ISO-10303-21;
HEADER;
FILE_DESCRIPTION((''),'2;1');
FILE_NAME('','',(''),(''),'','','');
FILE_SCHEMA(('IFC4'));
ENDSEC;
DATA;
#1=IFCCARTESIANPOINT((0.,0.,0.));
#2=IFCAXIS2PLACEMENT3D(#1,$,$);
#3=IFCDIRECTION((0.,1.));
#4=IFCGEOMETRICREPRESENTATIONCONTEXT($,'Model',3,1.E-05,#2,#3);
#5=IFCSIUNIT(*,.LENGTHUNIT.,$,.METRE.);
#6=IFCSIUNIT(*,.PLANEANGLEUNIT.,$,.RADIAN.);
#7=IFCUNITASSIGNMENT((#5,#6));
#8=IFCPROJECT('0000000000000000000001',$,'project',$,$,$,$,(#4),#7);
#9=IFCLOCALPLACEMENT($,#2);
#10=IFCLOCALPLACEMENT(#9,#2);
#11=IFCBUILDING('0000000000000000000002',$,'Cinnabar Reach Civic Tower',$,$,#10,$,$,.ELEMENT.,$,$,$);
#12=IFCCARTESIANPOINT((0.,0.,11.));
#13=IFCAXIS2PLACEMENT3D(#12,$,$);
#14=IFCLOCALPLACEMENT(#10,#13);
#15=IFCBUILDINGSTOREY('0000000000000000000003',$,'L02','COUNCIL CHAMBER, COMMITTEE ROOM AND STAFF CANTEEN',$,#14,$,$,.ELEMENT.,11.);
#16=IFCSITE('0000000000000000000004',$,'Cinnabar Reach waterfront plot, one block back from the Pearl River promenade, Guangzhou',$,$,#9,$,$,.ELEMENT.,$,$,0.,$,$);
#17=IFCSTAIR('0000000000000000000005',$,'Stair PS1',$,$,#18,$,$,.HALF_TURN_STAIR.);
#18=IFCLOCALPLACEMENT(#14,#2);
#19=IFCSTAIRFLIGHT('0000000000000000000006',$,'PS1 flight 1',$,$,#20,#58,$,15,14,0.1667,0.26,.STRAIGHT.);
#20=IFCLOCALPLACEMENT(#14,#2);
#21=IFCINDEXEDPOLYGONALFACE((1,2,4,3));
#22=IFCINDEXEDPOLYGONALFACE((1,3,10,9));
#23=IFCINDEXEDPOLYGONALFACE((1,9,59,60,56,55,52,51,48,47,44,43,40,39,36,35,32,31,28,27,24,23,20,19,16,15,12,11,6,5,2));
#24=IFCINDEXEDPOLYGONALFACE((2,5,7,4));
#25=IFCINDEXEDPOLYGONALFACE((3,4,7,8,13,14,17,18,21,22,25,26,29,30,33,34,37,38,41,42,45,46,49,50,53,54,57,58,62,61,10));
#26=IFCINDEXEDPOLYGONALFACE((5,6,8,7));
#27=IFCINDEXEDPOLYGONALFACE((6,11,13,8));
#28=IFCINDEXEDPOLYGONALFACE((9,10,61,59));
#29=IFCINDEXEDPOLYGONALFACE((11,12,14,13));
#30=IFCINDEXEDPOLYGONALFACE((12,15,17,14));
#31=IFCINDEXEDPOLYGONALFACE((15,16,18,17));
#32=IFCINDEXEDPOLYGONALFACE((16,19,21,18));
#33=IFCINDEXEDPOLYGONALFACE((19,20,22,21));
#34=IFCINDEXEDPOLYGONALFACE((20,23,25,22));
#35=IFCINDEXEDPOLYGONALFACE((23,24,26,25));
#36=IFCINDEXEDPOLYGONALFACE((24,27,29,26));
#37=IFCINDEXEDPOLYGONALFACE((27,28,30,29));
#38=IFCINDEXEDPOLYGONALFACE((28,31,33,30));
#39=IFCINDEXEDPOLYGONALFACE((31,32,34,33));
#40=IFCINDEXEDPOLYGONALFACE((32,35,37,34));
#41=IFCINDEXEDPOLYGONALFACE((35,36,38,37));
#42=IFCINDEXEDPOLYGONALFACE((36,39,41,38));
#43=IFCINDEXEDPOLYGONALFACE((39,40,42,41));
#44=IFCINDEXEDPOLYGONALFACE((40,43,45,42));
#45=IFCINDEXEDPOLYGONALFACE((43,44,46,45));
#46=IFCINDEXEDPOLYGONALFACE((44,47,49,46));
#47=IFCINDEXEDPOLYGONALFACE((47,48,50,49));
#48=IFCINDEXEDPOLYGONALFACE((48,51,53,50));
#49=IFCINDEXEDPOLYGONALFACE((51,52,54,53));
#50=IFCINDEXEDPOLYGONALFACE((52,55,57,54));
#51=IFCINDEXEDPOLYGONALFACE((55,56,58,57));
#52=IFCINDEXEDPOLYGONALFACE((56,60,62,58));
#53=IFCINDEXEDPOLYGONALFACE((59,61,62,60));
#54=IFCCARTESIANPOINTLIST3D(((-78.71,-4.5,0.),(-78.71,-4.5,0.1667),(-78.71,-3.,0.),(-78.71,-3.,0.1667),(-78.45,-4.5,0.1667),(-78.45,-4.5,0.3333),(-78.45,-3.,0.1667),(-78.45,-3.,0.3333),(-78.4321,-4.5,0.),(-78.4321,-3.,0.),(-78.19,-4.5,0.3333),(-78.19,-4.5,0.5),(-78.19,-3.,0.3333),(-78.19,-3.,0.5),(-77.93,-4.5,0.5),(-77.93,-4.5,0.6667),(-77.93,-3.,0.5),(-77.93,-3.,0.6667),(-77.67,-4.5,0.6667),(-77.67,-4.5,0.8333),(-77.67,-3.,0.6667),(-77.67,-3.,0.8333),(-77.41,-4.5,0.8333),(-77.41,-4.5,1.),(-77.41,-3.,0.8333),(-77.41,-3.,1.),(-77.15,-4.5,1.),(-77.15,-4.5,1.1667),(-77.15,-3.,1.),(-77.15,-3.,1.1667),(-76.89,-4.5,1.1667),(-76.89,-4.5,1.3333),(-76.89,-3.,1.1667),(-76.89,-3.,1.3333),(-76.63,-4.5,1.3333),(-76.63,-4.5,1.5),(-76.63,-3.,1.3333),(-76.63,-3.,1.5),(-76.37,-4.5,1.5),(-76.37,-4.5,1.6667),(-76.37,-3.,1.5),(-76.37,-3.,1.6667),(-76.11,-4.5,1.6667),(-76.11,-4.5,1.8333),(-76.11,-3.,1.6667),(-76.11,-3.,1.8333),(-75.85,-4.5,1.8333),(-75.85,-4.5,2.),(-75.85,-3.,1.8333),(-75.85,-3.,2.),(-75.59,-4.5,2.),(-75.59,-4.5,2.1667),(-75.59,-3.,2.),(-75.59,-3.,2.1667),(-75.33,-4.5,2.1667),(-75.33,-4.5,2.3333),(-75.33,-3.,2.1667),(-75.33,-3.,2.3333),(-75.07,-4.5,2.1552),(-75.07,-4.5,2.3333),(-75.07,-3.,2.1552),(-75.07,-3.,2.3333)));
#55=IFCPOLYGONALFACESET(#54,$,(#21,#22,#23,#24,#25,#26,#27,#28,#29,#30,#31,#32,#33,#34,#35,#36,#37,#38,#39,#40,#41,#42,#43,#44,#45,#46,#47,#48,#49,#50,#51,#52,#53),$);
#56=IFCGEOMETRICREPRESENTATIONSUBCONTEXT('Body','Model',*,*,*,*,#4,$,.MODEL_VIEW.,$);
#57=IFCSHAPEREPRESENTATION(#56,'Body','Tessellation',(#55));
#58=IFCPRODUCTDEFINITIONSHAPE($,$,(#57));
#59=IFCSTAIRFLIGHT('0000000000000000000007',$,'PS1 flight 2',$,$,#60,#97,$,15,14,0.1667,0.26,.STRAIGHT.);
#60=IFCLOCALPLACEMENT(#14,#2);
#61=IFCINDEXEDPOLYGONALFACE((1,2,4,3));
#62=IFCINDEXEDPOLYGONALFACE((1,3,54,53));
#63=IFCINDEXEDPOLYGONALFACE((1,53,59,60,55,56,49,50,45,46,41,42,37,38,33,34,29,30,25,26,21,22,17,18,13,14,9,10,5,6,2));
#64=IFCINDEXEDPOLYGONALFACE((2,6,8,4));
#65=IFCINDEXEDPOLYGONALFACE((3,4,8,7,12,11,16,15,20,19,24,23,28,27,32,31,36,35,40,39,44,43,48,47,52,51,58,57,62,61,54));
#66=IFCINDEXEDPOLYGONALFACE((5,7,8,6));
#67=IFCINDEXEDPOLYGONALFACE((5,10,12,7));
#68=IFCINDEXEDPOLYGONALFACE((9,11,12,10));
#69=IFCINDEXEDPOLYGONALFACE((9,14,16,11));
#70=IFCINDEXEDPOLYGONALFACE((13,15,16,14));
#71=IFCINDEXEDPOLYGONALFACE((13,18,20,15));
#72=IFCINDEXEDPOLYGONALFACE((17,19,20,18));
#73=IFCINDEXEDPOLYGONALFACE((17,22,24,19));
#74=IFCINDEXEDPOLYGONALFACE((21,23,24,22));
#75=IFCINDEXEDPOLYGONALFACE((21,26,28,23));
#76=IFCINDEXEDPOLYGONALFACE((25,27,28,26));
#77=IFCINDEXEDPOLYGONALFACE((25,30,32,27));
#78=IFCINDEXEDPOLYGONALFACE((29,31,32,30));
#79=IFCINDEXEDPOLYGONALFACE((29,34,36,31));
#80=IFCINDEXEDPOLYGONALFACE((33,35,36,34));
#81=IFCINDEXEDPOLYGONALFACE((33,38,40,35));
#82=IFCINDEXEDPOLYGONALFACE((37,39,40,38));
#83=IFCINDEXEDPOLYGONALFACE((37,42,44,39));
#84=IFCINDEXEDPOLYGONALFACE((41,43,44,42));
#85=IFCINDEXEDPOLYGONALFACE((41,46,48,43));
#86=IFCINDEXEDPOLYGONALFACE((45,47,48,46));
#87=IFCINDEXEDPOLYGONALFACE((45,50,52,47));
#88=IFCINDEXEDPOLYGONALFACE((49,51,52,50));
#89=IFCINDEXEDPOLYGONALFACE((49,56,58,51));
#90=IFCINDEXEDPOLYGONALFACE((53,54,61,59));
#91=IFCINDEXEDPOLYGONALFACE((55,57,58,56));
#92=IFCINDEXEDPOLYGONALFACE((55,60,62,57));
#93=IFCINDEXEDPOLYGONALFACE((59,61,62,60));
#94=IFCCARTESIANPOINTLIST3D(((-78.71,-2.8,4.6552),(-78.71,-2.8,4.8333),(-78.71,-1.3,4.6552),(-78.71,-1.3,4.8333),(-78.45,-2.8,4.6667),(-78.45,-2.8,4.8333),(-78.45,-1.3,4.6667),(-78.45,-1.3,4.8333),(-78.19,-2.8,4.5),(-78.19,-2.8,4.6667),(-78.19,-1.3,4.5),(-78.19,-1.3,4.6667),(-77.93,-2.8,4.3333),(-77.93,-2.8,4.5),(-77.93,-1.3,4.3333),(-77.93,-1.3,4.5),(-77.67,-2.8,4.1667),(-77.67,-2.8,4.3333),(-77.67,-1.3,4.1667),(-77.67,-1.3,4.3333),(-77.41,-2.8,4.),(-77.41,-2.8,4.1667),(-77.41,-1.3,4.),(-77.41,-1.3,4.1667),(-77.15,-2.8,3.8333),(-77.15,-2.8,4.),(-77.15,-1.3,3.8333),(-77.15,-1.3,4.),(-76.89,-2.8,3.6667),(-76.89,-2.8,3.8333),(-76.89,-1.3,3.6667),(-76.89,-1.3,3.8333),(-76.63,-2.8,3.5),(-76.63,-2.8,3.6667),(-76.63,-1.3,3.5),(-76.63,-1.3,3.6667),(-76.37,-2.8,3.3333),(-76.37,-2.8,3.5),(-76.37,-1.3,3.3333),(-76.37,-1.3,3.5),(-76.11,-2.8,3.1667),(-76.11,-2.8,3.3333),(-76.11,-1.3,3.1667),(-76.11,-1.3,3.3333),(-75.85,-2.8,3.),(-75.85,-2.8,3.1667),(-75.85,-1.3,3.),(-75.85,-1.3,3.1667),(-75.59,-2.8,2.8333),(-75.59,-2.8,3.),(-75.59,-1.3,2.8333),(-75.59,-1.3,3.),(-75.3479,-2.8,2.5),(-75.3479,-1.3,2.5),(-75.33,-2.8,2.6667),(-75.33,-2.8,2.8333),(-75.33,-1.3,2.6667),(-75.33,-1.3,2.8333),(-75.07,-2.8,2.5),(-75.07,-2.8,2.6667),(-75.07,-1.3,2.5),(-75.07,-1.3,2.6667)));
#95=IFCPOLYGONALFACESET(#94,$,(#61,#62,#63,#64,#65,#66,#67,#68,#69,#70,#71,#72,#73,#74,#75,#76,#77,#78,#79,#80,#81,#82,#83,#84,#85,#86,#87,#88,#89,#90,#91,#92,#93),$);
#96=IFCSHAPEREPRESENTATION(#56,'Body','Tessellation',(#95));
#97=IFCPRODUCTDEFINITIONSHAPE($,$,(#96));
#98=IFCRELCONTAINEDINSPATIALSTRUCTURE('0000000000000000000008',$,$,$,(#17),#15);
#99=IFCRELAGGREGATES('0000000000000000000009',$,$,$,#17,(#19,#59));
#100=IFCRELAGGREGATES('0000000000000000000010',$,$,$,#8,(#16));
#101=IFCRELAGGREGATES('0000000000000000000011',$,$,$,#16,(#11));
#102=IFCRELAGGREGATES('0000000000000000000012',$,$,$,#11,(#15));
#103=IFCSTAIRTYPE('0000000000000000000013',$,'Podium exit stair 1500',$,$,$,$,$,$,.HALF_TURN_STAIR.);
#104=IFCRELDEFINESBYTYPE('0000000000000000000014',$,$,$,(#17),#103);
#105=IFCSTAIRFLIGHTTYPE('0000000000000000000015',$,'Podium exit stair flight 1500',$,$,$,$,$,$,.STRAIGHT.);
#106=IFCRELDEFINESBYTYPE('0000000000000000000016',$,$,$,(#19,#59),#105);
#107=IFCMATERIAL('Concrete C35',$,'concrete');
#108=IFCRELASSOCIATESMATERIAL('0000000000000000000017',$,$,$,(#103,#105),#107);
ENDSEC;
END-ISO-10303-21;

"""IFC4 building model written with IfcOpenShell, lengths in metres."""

from ifc_helpers import new_model, si_unit, direction, frame, origin, place, context, subcontext, project, spatial, polyline, outline, extrude, material, type_object, element, aggregate, save


model = new_model("IFC4")

# Units and contexts
model_context = context("Model", 3, precision=1e-05, world=origin(), true_north=direction((0.0, 1.0)))
body_context = subcontext(model_context, "Body", "Model", "MODEL_VIEW")
ifc_project = project(units=[si_unit("LENGTHUNIT", "METRE"), si_unit("PLANEANGLEUNIT", "RADIAN")], contexts=[model_context])

# Site, building, storey
site_placement = place(None, origin())
site = spatial("IfcSite", under=ifc_project, at=site_placement, Name="Cinnabar Reach waterfront plot, one block back from the Pearl River promenade, Guangzhou", CompositionType="ELEMENT", RefElevation=0.0)
building_placement = place(site_placement, origin())
building = spatial("IfcBuilding", under=site, at=building_placement, Name="Cinnabar Reach Civic Tower", CompositionType="ELEMENT")
storey_placement = place(building_placement, frame((0.0, 0.0, 11.0)))
storey = spatial("IfcBuildingStorey", under=building, at=storey_placement, Name="L02", Description="COUNCIL CHAMBER, COMMITTEE ROOM AND STAFF CANTEEN", CompositionType="ELEMENT", Elevation=11.0)

# Stair, stair flights
ifc_material_1 = material(Name="Concrete C35", Category="concrete")
stair_type = type_object("IfcStairType", Name="Podium exit stair 1500", PredefinedType="HALF_TURN_STAIR", material=ifc_material_1)
stair_placement = place(storey_placement, origin())
stair = element("IfcStair", 1, at=stair_placement, inside=storey, type_object=stair_type, Name="Stair PS1", PredefinedType="HALF_TURN_STAIR")
stair_flight_type = type_object("IfcStairFlightType", Name="Podium exit stair flight 1500", PredefinedType="STRAIGHT", material=ifc_material_1)
stair_flight_1_placement = place(storey_placement, frame((-78.71, -3.75, 0.0), z_axis=(0.0, 0.0, 1.0), x_axis=(1.0, 0.0, 0.0)))
stair_flight_1 = element("IfcStairFlight", 2, at=stair_flight_1_placement, type_object=stair_flight_type, Name="PS1 flight 1", NumberOfRisers=15, NumberOfTreads=14, PredefinedType="STRAIGHT", RiserHeight=0.1667, TreadLength=0.26, context=body_context, shape_type="SweptSolid", body=[
    extrude(outline(polyline([(0.0, 0.0), (0.0, 0.1667), (0.26, 0.1667), (0.26, 0.3333), (0.52, 0.3333), (0.52, 0.5), (0.78, 0.5), (0.78, 0.6667), (1.04, 0.6667), (1.04, 0.8333), (1.3, 0.8333), (1.3, 1.0), (1.56, 1.0), (1.56, 1.1667), (1.82, 1.1667), (1.82, 1.3333), (2.08, 1.3333), (2.08, 1.5), (2.34, 1.5), (2.34, 1.6667), (2.6, 1.6667), (2.6, 1.8333), (2.86, 1.8333), (2.86, 2.0), (3.12, 2.0), (3.12, 2.1667), (3.38, 2.1667), (3.38, 2.3333), (3.64, 2.3333), (3.64, 2.5), (3.64, 2.1552), (0.2779, 0.0), (0.0, 0.0)])), frame((0.0, 0.75, 0.0), z_axis=(0.0, -1.0, 0.0), x_axis=(1.0, 0.0, 0.0)), (0.0, 0.0, 1.0), 1.5),
])
stair_flight_2_placement = place(storey_placement, frame((-75.07, -2.05, 2.5), z_axis=(0.0, 0.0, 1.0), x_axis=(-1.0, 0.0, 0.0)))
stair_flight_2 = element("IfcStairFlight", 3, at=stair_flight_2_placement, type_object=stair_flight_type, Name="PS1 flight 2", NumberOfRisers=15, NumberOfTreads=14, PredefinedType="STRAIGHT", RiserHeight=0.1667, TreadLength=0.26, context=body_context, shape_type="SweptSolid", body=[
    extrude(outline(polyline([(0.0, 0.0), (0.0, 0.1667), (0.26, 0.1667), (0.26, 0.3333), (0.52, 0.3333), (0.52, 0.5), (0.78, 0.5), (0.78, 0.6667), (1.04, 0.6667), (1.04, 0.8333), (1.3, 0.8333), (1.3, 1.0), (1.56, 1.0), (1.56, 1.1667), (1.82, 1.1667), (1.82, 1.3333), (2.08, 1.3333), (2.08, 1.5), (2.34, 1.5), (2.34, 1.6667), (2.6, 1.6667), (2.6, 1.8333), (2.86, 1.8333), (2.86, 2.0), (3.12, 2.0), (3.12, 2.1667), (3.38, 2.1667), (3.38, 2.3333), (3.64, 2.3333), (3.64, 2.5), (3.64, 2.1552), (0.2779, 0.0), (0.0, 0.0)])), frame((0.0, 0.75, 0.0), z_axis=(0.0, -1.0, 0.0), x_axis=(1.0, 0.0, 0.0)), (0.0, 0.0, 1.0), 1.5),
])
aggregate(stair, [stair_flight_1, stair_flight_2])

save(model, "model.ifc")
